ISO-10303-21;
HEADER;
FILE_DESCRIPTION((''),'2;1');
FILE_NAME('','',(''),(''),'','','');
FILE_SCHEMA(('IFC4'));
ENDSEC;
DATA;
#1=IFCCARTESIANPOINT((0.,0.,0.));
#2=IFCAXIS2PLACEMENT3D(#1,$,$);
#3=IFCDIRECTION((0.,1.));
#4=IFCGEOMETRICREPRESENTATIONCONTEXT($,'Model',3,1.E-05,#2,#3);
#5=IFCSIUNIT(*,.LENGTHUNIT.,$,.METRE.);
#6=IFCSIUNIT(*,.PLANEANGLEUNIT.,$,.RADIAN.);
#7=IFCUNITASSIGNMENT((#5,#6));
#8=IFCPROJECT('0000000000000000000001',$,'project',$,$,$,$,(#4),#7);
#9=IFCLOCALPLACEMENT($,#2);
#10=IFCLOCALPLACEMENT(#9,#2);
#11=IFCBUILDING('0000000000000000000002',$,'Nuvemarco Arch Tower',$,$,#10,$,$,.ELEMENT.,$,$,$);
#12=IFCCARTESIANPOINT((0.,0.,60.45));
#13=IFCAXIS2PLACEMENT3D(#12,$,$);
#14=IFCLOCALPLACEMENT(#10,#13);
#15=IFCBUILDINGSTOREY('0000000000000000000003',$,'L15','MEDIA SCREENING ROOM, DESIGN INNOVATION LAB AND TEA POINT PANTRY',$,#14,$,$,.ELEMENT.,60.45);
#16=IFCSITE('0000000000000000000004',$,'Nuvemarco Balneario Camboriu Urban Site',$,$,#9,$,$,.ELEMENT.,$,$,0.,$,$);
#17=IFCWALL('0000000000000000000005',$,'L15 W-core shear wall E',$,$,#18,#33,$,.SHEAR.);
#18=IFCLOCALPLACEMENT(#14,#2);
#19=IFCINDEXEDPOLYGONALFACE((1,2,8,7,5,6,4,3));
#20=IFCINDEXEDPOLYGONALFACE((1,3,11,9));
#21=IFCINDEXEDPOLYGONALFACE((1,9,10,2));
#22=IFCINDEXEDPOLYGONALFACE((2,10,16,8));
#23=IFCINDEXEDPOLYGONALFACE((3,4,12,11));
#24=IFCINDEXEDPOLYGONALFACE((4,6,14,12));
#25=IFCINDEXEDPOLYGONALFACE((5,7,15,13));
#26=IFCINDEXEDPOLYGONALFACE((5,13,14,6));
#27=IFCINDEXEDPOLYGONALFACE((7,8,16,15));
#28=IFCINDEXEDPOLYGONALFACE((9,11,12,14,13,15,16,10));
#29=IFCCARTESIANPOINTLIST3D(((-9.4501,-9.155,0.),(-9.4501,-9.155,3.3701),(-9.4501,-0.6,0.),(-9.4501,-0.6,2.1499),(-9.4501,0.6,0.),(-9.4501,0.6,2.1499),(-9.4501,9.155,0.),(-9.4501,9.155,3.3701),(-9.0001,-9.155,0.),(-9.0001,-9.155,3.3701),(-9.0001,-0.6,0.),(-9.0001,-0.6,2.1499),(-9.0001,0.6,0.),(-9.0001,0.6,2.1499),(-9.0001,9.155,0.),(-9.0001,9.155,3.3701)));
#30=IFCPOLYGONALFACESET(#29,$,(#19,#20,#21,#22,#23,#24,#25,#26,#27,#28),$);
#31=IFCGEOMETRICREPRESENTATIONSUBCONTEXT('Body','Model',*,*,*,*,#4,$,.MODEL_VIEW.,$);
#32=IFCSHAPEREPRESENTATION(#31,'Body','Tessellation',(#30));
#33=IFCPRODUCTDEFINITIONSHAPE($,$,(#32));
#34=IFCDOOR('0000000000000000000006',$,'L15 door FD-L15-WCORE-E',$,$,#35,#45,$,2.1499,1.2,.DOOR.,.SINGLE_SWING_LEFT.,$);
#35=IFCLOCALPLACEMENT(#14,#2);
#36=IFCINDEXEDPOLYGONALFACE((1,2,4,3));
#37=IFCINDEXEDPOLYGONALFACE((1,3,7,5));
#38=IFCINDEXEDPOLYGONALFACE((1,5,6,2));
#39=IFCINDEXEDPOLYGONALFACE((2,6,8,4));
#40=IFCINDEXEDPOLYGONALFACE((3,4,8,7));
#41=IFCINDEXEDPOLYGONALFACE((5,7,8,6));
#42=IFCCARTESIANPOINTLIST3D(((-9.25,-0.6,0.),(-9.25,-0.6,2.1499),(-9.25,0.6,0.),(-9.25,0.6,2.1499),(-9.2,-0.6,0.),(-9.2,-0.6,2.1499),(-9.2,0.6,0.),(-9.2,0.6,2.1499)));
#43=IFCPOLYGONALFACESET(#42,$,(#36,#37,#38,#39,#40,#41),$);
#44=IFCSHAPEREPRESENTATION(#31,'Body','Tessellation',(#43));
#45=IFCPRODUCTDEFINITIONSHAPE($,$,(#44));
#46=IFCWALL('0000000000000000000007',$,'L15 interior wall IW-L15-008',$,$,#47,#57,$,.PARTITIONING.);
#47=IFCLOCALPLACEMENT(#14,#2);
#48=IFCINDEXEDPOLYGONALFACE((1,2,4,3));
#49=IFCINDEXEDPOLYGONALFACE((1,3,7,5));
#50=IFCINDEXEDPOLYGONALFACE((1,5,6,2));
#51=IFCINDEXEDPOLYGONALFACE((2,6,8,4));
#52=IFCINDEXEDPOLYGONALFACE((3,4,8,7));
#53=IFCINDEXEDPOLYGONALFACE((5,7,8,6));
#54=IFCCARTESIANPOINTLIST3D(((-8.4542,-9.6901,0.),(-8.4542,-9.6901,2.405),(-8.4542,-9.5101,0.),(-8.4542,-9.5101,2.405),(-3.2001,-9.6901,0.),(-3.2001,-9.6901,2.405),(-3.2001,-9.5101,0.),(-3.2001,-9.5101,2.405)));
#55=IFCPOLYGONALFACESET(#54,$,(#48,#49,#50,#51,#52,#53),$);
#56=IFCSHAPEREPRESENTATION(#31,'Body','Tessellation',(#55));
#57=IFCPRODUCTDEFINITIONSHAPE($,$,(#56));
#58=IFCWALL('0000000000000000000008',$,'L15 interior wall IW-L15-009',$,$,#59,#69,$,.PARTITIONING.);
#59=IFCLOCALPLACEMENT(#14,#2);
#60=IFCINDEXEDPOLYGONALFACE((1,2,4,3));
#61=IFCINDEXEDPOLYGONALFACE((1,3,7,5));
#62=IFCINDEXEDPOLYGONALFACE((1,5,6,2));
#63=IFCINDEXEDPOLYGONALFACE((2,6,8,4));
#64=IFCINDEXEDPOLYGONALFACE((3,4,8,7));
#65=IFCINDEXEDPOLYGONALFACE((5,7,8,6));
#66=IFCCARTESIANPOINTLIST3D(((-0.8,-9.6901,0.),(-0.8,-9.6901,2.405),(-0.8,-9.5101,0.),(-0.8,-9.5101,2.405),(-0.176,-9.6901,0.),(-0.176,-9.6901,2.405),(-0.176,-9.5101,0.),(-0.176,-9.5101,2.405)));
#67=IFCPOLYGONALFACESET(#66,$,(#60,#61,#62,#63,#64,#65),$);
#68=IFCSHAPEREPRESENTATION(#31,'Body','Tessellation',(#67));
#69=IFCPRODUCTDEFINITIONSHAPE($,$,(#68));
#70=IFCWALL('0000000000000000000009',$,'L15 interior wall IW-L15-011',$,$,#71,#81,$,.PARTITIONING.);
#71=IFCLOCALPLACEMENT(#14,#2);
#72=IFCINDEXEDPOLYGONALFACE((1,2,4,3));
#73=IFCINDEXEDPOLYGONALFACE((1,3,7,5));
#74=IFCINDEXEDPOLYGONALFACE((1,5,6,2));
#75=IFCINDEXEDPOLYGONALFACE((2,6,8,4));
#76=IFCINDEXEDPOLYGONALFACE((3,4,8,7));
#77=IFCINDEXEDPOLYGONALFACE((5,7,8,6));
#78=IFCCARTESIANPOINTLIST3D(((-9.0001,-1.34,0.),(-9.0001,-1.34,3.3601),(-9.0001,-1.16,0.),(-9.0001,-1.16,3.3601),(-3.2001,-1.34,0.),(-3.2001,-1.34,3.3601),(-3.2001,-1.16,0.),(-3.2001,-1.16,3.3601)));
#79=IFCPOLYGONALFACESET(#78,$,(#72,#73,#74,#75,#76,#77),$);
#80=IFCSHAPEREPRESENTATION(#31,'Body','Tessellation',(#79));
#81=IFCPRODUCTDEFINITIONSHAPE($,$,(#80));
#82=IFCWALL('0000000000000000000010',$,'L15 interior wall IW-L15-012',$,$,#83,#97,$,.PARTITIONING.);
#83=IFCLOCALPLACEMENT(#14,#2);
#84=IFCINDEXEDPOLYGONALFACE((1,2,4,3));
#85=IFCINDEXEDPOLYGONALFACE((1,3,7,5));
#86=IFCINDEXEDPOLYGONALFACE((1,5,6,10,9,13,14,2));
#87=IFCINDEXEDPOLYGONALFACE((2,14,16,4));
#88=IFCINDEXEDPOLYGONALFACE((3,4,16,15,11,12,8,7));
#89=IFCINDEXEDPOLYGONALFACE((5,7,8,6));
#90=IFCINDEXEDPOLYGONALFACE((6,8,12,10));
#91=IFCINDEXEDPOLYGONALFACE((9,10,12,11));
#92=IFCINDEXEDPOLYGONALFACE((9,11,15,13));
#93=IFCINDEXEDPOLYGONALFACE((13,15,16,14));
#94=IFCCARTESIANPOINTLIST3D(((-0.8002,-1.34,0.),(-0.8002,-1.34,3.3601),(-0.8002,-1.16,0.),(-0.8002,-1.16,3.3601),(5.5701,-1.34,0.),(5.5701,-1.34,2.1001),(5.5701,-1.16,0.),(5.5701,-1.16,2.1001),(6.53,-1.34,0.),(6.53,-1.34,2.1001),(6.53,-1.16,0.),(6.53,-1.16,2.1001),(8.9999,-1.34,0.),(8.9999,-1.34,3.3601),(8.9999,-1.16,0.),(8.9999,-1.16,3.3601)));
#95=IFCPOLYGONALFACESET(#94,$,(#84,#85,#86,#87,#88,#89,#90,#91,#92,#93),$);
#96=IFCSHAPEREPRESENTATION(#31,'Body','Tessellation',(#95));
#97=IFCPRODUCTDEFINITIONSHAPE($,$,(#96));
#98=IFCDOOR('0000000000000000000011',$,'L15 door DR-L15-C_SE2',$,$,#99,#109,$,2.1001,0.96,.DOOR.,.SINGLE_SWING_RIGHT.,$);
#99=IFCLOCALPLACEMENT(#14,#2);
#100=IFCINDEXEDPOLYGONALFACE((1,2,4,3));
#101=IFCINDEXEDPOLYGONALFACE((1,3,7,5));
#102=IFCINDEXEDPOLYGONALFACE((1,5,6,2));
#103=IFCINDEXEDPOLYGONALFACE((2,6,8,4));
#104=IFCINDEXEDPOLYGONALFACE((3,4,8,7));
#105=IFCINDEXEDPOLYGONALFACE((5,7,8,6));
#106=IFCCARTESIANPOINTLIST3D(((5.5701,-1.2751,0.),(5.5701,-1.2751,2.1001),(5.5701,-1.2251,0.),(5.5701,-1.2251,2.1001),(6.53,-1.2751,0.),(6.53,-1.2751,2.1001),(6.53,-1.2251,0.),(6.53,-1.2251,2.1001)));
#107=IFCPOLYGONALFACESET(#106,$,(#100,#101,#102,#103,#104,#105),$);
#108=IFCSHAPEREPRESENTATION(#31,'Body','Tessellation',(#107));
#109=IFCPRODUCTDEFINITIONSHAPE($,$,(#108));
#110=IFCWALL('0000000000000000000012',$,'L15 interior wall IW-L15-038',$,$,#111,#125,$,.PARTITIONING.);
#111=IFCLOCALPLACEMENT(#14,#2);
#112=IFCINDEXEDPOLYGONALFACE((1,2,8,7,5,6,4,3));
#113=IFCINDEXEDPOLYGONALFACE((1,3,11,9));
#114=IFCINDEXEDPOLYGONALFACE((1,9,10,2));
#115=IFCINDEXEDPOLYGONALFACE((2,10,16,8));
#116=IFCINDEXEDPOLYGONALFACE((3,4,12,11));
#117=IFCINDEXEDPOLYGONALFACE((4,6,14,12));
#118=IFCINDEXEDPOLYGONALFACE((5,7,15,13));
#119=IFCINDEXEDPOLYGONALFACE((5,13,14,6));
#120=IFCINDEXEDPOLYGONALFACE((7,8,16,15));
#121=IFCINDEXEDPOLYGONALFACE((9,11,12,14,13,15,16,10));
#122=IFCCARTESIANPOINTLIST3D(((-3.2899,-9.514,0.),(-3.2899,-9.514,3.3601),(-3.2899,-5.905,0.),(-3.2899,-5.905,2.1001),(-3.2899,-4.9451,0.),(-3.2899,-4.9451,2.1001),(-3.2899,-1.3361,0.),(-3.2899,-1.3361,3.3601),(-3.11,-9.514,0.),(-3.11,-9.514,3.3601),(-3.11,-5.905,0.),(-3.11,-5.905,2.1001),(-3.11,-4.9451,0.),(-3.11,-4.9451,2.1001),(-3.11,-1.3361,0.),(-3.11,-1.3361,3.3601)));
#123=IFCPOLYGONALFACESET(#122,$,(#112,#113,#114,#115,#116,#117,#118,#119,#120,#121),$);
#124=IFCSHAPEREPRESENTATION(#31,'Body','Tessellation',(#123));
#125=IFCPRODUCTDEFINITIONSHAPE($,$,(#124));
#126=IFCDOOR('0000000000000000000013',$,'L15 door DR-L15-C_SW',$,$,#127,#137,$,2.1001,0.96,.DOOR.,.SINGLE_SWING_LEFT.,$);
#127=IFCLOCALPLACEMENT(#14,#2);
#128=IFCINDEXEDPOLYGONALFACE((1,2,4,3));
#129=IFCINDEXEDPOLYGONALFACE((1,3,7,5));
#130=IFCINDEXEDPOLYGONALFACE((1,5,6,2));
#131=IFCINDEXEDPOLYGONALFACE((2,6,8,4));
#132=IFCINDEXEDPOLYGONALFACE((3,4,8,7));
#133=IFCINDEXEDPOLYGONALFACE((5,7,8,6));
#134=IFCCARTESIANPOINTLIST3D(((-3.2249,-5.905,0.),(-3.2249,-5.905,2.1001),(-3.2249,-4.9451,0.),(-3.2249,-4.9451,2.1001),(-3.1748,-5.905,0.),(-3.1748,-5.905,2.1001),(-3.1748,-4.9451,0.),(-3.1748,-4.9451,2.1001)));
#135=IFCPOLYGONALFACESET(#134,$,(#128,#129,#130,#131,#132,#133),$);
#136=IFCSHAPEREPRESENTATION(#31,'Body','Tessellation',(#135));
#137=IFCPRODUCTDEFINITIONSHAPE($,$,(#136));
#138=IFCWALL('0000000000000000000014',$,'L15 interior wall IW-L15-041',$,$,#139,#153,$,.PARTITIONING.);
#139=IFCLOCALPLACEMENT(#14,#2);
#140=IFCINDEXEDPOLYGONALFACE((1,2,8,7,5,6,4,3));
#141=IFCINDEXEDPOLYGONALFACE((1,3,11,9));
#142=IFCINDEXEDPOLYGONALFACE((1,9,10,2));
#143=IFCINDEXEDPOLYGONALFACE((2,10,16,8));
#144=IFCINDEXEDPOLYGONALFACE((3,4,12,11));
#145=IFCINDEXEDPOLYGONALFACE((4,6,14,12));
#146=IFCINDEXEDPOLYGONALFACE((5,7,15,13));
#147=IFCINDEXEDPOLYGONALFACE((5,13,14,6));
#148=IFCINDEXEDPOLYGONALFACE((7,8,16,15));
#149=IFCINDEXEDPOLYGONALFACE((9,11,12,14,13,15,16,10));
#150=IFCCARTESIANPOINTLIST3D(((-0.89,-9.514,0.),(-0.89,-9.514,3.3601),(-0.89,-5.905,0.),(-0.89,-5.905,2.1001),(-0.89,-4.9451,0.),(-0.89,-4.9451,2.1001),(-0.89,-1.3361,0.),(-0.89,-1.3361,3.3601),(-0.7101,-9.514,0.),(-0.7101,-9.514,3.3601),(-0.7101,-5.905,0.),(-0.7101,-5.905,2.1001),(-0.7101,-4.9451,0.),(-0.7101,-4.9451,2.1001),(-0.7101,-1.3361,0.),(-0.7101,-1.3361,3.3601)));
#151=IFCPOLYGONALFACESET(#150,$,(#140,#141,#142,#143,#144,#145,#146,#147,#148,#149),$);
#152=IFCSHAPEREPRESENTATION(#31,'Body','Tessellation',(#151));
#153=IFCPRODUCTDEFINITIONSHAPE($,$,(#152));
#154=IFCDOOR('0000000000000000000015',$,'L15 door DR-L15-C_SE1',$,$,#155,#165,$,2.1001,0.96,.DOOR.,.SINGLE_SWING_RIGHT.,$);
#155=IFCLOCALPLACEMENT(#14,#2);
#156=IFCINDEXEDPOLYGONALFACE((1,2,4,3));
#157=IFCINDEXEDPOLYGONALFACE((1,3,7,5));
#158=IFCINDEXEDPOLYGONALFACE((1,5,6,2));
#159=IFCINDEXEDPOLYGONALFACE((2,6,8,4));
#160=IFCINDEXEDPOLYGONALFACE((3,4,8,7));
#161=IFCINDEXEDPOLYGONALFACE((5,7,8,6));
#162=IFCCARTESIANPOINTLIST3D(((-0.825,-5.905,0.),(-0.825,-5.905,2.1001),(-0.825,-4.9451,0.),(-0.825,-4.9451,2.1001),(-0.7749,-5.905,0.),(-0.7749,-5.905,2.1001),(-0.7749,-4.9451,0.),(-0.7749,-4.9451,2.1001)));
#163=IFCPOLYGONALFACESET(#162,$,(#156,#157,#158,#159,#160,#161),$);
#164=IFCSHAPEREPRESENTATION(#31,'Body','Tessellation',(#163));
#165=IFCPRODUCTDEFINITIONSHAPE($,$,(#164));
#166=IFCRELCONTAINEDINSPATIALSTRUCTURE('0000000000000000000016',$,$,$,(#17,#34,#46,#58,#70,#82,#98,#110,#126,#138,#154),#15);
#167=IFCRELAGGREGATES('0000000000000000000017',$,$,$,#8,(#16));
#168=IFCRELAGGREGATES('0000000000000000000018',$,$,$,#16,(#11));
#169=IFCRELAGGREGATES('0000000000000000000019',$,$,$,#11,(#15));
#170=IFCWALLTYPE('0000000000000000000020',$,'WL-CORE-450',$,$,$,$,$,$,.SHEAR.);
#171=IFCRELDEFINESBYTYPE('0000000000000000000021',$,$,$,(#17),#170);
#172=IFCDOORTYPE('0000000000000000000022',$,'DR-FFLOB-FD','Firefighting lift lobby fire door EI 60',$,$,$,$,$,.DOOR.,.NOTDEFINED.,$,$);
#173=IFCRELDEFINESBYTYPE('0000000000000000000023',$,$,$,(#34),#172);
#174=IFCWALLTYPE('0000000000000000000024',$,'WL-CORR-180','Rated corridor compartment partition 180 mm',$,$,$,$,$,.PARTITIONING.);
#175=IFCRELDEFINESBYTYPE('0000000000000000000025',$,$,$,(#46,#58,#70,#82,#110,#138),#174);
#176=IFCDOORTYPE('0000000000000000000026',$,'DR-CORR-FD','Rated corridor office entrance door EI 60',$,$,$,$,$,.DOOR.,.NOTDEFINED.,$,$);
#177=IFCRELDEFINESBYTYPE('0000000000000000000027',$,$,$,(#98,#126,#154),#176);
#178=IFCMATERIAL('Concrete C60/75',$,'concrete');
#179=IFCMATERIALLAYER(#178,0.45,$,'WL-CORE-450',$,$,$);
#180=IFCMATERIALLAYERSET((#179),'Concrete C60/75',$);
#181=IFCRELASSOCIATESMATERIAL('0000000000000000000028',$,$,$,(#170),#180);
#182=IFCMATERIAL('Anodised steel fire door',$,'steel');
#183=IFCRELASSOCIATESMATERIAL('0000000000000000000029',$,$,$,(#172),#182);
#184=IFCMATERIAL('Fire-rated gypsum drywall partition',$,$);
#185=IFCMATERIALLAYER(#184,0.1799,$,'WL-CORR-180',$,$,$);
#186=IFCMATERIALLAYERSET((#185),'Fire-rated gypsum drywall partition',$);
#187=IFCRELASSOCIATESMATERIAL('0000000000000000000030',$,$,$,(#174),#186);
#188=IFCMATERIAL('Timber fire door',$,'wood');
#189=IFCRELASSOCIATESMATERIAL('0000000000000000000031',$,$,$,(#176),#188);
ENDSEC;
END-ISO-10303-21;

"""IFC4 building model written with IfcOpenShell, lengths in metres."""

from ifc_helpers import new_model, si_unit, direction, frame, frame_2d, origin, place, context, subcontext, project, spatial, rectangle, extrude, source, transform, mapped, material, layer, layer_set, type_object, type_shapes, element, fill, save


model = new_model("IFC4")

# Units and contexts
model_context = context("Model", 3, precision=1e-05, world=origin(), true_north=direction((0.0, 1.0)))
body_context = subcontext(model_context, "Body", "Model", "MODEL_VIEW")
ifc_project = project(units=[si_unit("LENGTHUNIT", "METRE"), si_unit("PLANEANGLEUNIT", "RADIAN")], contexts=[model_context])

# Site, building, storey
site_placement = place(None, origin())
site = spatial("IfcSite", under=ifc_project, at=site_placement, Name="Nuvemarco Balneario Camboriu Urban Site", CompositionType="ELEMENT", RefElevation=0.0)
building_placement = place(site_placement, origin())
building = spatial("IfcBuilding", under=site, at=building_placement, Name="Nuvemarco Arch Tower", CompositionType="ELEMENT")
storey_placement = place(building_placement, frame((0.0, 0.0, 60.45)))
storey = spatial("IfcBuildingStorey", under=building, at=storey_placement, Name="L15", Description="MEDIA SCREENING ROOM, DESIGN INNOVATION LAB AND TEA POINT PANTRY", CompositionType="ELEMENT", Elevation=60.45)

# Shared definitions
ifc_material_1 = material(Name="Concrete C60/75", Category="concrete")

# Wall, opening, door
ifc_layer_1 = layer(ifc_material_1, 0.45, Name="WL-CORE-450")
ifc_layer_set_1 = layer_set([ifc_layer_1], Name="Concrete C60/75")
wall_type_1 = type_object("IfcWallType", Name="WL-CORE-450", PredefinedType="SHEAR", material=ifc_layer_set_1)
wall_1_placement = place(storey_placement, frame((-9.2251, -9.155, 0.0), z_axis=(0.0, 0.0, 1.0), x_axis=(0.0, 1.0, 0.0)))
wall_1 = element("IfcWall", 1, at=wall_1_placement, inside=storey, type_object=wall_type_1, Name="L15 W-core shear wall E", PredefinedType="SHEAR", context=body_context, shape_type="SweptSolid", body=[
    extrude(rectangle(XDim=18.3101, YDim=0.45, at=frame_2d((9.155, 0.0))), origin(), (0.0, 0.0, 1.0), 3.3701),
])
opening_1_placement = place(wall_1_placement, frame((8.5549, 0.0, 0.0)))
opening_1 = element("IfcOpeningElement", 2, at=opening_1_placement, cuts=wall_1, PredefinedType="OPENING", context=body_context, shape_type="SweptSolid", body=[
    extrude(rectangle(XDim=1.2, YDim=2.1499, at=frame_2d((0.6001, 1.075))), frame((0.0, 0.2349, 0.0), z_axis=(0.0, -1.0, 0.0), x_axis=(1.0, 0.0, 0.0)), (0.0, 0.0, 1.0), 0.47),
])
ifc_material_2 = material(Name="Anodised steel fire door", Category="steel")
door_type_1 = type_object("IfcDoorType", Name="DR-FFLOB-FD", Description="Firefighting lift lobby fire door EI 60", OperationType="NOTDEFINED", PredefinedType="DOOR", material=ifc_material_2)
shared_shape_1 = source(origin(), body_context, "Body", "SweptSolid", [
    extrude(rectangle(XDim=1.2, YDim=2.1499, at=frame_2d((0.6001, 1.075))), frame((0.0, 0.0249, 0.0), z_axis=(0.0, -1.0, 0.0), x_axis=(1.0, 0.0, 0.0)), (0.0, 0.0, 1.0), 0.05),
])
type_shapes(door_type_1, [shared_shape_1])
door_1_placement = place(opening_1_placement, origin())
door_1 = element("IfcDoor", 3, at=door_1_placement, inside=storey, type_object=door_type_1, Name="L15 door FD-L15-WCORE-E", OperationType="SINGLE_SWING_LEFT", OverallHeight=2.1499, OverallWidth=1.2, PredefinedType="DOOR", context=body_context, shape_type="MappedRepresentation", body=[
    mapped(shared_shape_1, transform((0.0, 0.0, 0.0), scale=1.0)),
])
fill(opening_1, door_1)

# Walls
ifc_material_3 = material(Name="Fire-rated gypsum drywall partition")
ifc_layer_2 = layer(ifc_material_3, 0.1799, Name="WL-CORR-180")
ifc_layer_set_2 = layer_set([ifc_layer_2], Name="Fire-rated gypsum drywall partition")
wall_type_2 = type_object("IfcWallType", Name="WL-CORR-180", Description="Rated corridor compartment partition 180 mm", PredefinedType="PARTITIONING", material=ifc_layer_set_2)
wall_2_placement = place(storey_placement, frame((-8.4541, -9.6001, 0.0), z_axis=(0.0, 0.0, 1.0), x_axis=(1.0, 0.0, 0.0)))
element("IfcWall", 4, at=wall_2_placement, inside=storey, type_object=wall_type_2, Name="L15 interior wall IW-L15-008", PredefinedType="PARTITIONING", context=body_context, shape_type="SweptSolid", body=[
    extrude(rectangle(XDim=5.2542, YDim=0.1799, at=frame_2d((2.627, 0.0))), origin(), (0.0, 0.0, 1.0), 2.405),
])
wall_3_placement = place(storey_placement, frame((-0.8, -9.6001, 0.0), z_axis=(0.0, 0.0, 1.0), x_axis=(1.0, 0.0, 0.0)))
element("IfcWall", 5, at=wall_3_placement, inside=storey, type_object=wall_type_2, Name="L15 interior wall IW-L15-009", PredefinedType="PARTITIONING", context=body_context, shape_type="SweptSolid", body=[
    extrude(rectangle(XDim=0.624, YDim=0.1799, at=frame_2d((0.312, 0.0))), origin(), (0.0, 0.0, 1.0), 2.405),
])
wall_4_placement = place(storey_placement, frame((-9.0, -1.25, 0.0), z_axis=(0.0, 0.0, 1.0), x_axis=(1.0, 0.0, 0.0)))
element("IfcWall", 6, at=wall_4_placement, inside=storey, type_object=wall_type_2, Name="L15 interior wall IW-L15-011", PredefinedType="PARTITIONING", context=body_context, shape_type="SweptSolid", body=[
    extrude(rectangle(XDim=5.8, YDim=0.1799, at=frame_2d((2.8999, 0.0))), origin(), (0.0, 0.0, 1.0), 3.3601),
])

# Walls, openings, doors
wall_5_placement = place(storey_placement, frame((-0.8, -1.25, 0.0), z_axis=(0.0, 0.0, 1.0), x_axis=(1.0, 0.0, 0.0)))
wall_5 = element("IfcWall", 7, at=wall_5_placement, inside=storey, type_object=wall_type_2, Name="L15 interior wall IW-L15-012", PredefinedType="PARTITIONING", context=body_context, shape_type="SweptSolid", body=[
    extrude(rectangle(XDim=9.8, YDim=0.1799, at=frame_2d((4.8999, 0.0))), origin(), (0.0, 0.0, 1.0), 3.3601),
])
opening_2_placement = place(wall_5_placement, frame((6.3701, 0.0, 0.0)))
opening_2 = element("IfcOpeningElement", 8, at=opening_2_placement, cuts=wall_5, PredefinedType="OPENING", context=body_context, shape_type="SweptSolid", body=[
    extrude(rectangle(XDim=0.96, YDim=2.1001, at=frame_2d((0.48, 1.05))), frame((0.0, 0.0999, 0.0), z_axis=(0.0, -1.0, 0.0), x_axis=(1.0, 0.0, 0.0)), (0.0, 0.0, 1.0), 0.2),
])
ifc_material_4 = material(Name="Timber fire door", Category="wood")
door_type_2 = type_object("IfcDoorType", Name="DR-CORR-FD", Description="Rated corridor office entrance door EI 60", OperationType="NOTDEFINED", PredefinedType="DOOR", material=ifc_material_4)
shared_shape_2 = source(origin(), body_context, "Body", "SweptSolid", [
    extrude(rectangle(XDim=0.96, YDim=2.1001, at=frame_2d((0.48, 1.05))), frame((0.0, 0.0249, 0.0), z_axis=(0.0, -1.0, 0.0), x_axis=(1.0, 0.0, 0.0)), (0.0, 0.0, 1.0), 0.05),
])
type_shapes(door_type_2, [shared_shape_2])
door_2_placement = place(opening_2_placement, origin())
door_2 = element("IfcDoor", 9, at=door_2_placement, inside=storey, type_object=door_type_2, Name="L15 door DR-L15-C_SE2", OperationType="SINGLE_SWING_RIGHT", OverallHeight=2.1001, OverallWidth=0.96, PredefinedType="DOOR", context=body_context, shape_type="MappedRepresentation", body=[
    mapped(shared_shape_2, transform((0.0, 0.0, 0.0), scale=1.0)),
])
fill(opening_2, door_2)
wall_6_placement = place(storey_placement, frame((-3.2, -9.5139, 0.0), z_axis=(0.0, 0.0, 1.0), x_axis=(0.0, 1.0, 0.0)))
wall_6 = element("IfcWall", 10, at=wall_6_placement, inside=storey, type_object=wall_type_2, Name="L15 interior wall IW-L15-038", PredefinedType="PARTITIONING", context=body_context, shape_type="SweptSolid", body=[
    extrude(rectangle(XDim=8.178, YDim=0.1799, at=frame_2d((4.0889, 0.0))), origin(), (0.0, 0.0, 1.0), 3.3601),
])
opening_3_placement = place(wall_6_placement, frame((3.6089, 0.0, 0.0)))
opening_3 = element("IfcOpeningElement", 11, at=opening_3_placement, cuts=wall_6, PredefinedType="OPENING", context=body_context, shape_type="SweptSolid", body=[
    extrude(rectangle(XDim=0.96, YDim=2.1001, at=frame_2d((0.48, 1.05))), frame((0.0, 0.0999, 0.0), z_axis=(0.0, -1.0, 0.0), x_axis=(1.0, 0.0, 0.0)), (0.0, 0.0, 1.0), 0.2),
])
door_3_placement = place(opening_3_placement, origin())
door_3 = element("IfcDoor", 12, at=door_3_placement, inside=storey, type_object=door_type_2, Name="L15 door DR-L15-C_SW", OperationType="SINGLE_SWING_LEFT", OverallHeight=2.1001, OverallWidth=0.96, PredefinedType="DOOR", context=body_context, shape_type="MappedRepresentation", body=[
    mapped(shared_shape_2, transform((0.0, 0.0, 0.0), scale=1.0)),
])
fill(opening_3, door_3)
wall_7_placement = place(storey_placement, frame((-0.8, -9.5139, 0.0), z_axis=(0.0, 0.0, 1.0), x_axis=(0.0, 1.0, 0.0)))
wall_7 = element("IfcWall", 13, at=wall_7_placement, inside=storey, type_object=wall_type_2, Name="L15 interior wall IW-L15-041", PredefinedType="PARTITIONING", context=body_context, shape_type="SweptSolid", body=[
    extrude(rectangle(XDim=8.178, YDim=0.1799, at=frame_2d((4.0889, 0.0))), origin(), (0.0, 0.0, 1.0), 3.3601),
])
opening_4_placement = place(wall_7_placement, frame((3.6089, 0.0, 0.0)))
opening_4 = element("IfcOpeningElement", 14, at=opening_4_placement, cuts=wall_7, PredefinedType="OPENING", context=body_context, shape_type="SweptSolid", body=[
    extrude(rectangle(XDim=0.96, YDim=2.1001, at=frame_2d((0.48, 1.05))), frame((0.0, 0.0999, 0.0), z_axis=(0.0, -1.0, 0.0), x_axis=(1.0, 0.0, 0.0)), (0.0, 0.0, 1.0), 0.2),
])
door_4_placement = place(opening_4_placement, origin())
door_4 = element("IfcDoor", 15, at=door_4_placement, inside=storey, type_object=door_type_2, Name="L15 door DR-L15-C_SE1", OperationType="SINGLE_SWING_RIGHT", OverallHeight=2.1001, OverallWidth=0.96, PredefinedType="DOOR", context=body_context, shape_type="MappedRepresentation", body=[
    mapped(shared_shape_2, transform((0.0, 0.0, 0.0), scale=1.0)),
])
fill(opening_4, door_4)

save(model, "model.ifc")
